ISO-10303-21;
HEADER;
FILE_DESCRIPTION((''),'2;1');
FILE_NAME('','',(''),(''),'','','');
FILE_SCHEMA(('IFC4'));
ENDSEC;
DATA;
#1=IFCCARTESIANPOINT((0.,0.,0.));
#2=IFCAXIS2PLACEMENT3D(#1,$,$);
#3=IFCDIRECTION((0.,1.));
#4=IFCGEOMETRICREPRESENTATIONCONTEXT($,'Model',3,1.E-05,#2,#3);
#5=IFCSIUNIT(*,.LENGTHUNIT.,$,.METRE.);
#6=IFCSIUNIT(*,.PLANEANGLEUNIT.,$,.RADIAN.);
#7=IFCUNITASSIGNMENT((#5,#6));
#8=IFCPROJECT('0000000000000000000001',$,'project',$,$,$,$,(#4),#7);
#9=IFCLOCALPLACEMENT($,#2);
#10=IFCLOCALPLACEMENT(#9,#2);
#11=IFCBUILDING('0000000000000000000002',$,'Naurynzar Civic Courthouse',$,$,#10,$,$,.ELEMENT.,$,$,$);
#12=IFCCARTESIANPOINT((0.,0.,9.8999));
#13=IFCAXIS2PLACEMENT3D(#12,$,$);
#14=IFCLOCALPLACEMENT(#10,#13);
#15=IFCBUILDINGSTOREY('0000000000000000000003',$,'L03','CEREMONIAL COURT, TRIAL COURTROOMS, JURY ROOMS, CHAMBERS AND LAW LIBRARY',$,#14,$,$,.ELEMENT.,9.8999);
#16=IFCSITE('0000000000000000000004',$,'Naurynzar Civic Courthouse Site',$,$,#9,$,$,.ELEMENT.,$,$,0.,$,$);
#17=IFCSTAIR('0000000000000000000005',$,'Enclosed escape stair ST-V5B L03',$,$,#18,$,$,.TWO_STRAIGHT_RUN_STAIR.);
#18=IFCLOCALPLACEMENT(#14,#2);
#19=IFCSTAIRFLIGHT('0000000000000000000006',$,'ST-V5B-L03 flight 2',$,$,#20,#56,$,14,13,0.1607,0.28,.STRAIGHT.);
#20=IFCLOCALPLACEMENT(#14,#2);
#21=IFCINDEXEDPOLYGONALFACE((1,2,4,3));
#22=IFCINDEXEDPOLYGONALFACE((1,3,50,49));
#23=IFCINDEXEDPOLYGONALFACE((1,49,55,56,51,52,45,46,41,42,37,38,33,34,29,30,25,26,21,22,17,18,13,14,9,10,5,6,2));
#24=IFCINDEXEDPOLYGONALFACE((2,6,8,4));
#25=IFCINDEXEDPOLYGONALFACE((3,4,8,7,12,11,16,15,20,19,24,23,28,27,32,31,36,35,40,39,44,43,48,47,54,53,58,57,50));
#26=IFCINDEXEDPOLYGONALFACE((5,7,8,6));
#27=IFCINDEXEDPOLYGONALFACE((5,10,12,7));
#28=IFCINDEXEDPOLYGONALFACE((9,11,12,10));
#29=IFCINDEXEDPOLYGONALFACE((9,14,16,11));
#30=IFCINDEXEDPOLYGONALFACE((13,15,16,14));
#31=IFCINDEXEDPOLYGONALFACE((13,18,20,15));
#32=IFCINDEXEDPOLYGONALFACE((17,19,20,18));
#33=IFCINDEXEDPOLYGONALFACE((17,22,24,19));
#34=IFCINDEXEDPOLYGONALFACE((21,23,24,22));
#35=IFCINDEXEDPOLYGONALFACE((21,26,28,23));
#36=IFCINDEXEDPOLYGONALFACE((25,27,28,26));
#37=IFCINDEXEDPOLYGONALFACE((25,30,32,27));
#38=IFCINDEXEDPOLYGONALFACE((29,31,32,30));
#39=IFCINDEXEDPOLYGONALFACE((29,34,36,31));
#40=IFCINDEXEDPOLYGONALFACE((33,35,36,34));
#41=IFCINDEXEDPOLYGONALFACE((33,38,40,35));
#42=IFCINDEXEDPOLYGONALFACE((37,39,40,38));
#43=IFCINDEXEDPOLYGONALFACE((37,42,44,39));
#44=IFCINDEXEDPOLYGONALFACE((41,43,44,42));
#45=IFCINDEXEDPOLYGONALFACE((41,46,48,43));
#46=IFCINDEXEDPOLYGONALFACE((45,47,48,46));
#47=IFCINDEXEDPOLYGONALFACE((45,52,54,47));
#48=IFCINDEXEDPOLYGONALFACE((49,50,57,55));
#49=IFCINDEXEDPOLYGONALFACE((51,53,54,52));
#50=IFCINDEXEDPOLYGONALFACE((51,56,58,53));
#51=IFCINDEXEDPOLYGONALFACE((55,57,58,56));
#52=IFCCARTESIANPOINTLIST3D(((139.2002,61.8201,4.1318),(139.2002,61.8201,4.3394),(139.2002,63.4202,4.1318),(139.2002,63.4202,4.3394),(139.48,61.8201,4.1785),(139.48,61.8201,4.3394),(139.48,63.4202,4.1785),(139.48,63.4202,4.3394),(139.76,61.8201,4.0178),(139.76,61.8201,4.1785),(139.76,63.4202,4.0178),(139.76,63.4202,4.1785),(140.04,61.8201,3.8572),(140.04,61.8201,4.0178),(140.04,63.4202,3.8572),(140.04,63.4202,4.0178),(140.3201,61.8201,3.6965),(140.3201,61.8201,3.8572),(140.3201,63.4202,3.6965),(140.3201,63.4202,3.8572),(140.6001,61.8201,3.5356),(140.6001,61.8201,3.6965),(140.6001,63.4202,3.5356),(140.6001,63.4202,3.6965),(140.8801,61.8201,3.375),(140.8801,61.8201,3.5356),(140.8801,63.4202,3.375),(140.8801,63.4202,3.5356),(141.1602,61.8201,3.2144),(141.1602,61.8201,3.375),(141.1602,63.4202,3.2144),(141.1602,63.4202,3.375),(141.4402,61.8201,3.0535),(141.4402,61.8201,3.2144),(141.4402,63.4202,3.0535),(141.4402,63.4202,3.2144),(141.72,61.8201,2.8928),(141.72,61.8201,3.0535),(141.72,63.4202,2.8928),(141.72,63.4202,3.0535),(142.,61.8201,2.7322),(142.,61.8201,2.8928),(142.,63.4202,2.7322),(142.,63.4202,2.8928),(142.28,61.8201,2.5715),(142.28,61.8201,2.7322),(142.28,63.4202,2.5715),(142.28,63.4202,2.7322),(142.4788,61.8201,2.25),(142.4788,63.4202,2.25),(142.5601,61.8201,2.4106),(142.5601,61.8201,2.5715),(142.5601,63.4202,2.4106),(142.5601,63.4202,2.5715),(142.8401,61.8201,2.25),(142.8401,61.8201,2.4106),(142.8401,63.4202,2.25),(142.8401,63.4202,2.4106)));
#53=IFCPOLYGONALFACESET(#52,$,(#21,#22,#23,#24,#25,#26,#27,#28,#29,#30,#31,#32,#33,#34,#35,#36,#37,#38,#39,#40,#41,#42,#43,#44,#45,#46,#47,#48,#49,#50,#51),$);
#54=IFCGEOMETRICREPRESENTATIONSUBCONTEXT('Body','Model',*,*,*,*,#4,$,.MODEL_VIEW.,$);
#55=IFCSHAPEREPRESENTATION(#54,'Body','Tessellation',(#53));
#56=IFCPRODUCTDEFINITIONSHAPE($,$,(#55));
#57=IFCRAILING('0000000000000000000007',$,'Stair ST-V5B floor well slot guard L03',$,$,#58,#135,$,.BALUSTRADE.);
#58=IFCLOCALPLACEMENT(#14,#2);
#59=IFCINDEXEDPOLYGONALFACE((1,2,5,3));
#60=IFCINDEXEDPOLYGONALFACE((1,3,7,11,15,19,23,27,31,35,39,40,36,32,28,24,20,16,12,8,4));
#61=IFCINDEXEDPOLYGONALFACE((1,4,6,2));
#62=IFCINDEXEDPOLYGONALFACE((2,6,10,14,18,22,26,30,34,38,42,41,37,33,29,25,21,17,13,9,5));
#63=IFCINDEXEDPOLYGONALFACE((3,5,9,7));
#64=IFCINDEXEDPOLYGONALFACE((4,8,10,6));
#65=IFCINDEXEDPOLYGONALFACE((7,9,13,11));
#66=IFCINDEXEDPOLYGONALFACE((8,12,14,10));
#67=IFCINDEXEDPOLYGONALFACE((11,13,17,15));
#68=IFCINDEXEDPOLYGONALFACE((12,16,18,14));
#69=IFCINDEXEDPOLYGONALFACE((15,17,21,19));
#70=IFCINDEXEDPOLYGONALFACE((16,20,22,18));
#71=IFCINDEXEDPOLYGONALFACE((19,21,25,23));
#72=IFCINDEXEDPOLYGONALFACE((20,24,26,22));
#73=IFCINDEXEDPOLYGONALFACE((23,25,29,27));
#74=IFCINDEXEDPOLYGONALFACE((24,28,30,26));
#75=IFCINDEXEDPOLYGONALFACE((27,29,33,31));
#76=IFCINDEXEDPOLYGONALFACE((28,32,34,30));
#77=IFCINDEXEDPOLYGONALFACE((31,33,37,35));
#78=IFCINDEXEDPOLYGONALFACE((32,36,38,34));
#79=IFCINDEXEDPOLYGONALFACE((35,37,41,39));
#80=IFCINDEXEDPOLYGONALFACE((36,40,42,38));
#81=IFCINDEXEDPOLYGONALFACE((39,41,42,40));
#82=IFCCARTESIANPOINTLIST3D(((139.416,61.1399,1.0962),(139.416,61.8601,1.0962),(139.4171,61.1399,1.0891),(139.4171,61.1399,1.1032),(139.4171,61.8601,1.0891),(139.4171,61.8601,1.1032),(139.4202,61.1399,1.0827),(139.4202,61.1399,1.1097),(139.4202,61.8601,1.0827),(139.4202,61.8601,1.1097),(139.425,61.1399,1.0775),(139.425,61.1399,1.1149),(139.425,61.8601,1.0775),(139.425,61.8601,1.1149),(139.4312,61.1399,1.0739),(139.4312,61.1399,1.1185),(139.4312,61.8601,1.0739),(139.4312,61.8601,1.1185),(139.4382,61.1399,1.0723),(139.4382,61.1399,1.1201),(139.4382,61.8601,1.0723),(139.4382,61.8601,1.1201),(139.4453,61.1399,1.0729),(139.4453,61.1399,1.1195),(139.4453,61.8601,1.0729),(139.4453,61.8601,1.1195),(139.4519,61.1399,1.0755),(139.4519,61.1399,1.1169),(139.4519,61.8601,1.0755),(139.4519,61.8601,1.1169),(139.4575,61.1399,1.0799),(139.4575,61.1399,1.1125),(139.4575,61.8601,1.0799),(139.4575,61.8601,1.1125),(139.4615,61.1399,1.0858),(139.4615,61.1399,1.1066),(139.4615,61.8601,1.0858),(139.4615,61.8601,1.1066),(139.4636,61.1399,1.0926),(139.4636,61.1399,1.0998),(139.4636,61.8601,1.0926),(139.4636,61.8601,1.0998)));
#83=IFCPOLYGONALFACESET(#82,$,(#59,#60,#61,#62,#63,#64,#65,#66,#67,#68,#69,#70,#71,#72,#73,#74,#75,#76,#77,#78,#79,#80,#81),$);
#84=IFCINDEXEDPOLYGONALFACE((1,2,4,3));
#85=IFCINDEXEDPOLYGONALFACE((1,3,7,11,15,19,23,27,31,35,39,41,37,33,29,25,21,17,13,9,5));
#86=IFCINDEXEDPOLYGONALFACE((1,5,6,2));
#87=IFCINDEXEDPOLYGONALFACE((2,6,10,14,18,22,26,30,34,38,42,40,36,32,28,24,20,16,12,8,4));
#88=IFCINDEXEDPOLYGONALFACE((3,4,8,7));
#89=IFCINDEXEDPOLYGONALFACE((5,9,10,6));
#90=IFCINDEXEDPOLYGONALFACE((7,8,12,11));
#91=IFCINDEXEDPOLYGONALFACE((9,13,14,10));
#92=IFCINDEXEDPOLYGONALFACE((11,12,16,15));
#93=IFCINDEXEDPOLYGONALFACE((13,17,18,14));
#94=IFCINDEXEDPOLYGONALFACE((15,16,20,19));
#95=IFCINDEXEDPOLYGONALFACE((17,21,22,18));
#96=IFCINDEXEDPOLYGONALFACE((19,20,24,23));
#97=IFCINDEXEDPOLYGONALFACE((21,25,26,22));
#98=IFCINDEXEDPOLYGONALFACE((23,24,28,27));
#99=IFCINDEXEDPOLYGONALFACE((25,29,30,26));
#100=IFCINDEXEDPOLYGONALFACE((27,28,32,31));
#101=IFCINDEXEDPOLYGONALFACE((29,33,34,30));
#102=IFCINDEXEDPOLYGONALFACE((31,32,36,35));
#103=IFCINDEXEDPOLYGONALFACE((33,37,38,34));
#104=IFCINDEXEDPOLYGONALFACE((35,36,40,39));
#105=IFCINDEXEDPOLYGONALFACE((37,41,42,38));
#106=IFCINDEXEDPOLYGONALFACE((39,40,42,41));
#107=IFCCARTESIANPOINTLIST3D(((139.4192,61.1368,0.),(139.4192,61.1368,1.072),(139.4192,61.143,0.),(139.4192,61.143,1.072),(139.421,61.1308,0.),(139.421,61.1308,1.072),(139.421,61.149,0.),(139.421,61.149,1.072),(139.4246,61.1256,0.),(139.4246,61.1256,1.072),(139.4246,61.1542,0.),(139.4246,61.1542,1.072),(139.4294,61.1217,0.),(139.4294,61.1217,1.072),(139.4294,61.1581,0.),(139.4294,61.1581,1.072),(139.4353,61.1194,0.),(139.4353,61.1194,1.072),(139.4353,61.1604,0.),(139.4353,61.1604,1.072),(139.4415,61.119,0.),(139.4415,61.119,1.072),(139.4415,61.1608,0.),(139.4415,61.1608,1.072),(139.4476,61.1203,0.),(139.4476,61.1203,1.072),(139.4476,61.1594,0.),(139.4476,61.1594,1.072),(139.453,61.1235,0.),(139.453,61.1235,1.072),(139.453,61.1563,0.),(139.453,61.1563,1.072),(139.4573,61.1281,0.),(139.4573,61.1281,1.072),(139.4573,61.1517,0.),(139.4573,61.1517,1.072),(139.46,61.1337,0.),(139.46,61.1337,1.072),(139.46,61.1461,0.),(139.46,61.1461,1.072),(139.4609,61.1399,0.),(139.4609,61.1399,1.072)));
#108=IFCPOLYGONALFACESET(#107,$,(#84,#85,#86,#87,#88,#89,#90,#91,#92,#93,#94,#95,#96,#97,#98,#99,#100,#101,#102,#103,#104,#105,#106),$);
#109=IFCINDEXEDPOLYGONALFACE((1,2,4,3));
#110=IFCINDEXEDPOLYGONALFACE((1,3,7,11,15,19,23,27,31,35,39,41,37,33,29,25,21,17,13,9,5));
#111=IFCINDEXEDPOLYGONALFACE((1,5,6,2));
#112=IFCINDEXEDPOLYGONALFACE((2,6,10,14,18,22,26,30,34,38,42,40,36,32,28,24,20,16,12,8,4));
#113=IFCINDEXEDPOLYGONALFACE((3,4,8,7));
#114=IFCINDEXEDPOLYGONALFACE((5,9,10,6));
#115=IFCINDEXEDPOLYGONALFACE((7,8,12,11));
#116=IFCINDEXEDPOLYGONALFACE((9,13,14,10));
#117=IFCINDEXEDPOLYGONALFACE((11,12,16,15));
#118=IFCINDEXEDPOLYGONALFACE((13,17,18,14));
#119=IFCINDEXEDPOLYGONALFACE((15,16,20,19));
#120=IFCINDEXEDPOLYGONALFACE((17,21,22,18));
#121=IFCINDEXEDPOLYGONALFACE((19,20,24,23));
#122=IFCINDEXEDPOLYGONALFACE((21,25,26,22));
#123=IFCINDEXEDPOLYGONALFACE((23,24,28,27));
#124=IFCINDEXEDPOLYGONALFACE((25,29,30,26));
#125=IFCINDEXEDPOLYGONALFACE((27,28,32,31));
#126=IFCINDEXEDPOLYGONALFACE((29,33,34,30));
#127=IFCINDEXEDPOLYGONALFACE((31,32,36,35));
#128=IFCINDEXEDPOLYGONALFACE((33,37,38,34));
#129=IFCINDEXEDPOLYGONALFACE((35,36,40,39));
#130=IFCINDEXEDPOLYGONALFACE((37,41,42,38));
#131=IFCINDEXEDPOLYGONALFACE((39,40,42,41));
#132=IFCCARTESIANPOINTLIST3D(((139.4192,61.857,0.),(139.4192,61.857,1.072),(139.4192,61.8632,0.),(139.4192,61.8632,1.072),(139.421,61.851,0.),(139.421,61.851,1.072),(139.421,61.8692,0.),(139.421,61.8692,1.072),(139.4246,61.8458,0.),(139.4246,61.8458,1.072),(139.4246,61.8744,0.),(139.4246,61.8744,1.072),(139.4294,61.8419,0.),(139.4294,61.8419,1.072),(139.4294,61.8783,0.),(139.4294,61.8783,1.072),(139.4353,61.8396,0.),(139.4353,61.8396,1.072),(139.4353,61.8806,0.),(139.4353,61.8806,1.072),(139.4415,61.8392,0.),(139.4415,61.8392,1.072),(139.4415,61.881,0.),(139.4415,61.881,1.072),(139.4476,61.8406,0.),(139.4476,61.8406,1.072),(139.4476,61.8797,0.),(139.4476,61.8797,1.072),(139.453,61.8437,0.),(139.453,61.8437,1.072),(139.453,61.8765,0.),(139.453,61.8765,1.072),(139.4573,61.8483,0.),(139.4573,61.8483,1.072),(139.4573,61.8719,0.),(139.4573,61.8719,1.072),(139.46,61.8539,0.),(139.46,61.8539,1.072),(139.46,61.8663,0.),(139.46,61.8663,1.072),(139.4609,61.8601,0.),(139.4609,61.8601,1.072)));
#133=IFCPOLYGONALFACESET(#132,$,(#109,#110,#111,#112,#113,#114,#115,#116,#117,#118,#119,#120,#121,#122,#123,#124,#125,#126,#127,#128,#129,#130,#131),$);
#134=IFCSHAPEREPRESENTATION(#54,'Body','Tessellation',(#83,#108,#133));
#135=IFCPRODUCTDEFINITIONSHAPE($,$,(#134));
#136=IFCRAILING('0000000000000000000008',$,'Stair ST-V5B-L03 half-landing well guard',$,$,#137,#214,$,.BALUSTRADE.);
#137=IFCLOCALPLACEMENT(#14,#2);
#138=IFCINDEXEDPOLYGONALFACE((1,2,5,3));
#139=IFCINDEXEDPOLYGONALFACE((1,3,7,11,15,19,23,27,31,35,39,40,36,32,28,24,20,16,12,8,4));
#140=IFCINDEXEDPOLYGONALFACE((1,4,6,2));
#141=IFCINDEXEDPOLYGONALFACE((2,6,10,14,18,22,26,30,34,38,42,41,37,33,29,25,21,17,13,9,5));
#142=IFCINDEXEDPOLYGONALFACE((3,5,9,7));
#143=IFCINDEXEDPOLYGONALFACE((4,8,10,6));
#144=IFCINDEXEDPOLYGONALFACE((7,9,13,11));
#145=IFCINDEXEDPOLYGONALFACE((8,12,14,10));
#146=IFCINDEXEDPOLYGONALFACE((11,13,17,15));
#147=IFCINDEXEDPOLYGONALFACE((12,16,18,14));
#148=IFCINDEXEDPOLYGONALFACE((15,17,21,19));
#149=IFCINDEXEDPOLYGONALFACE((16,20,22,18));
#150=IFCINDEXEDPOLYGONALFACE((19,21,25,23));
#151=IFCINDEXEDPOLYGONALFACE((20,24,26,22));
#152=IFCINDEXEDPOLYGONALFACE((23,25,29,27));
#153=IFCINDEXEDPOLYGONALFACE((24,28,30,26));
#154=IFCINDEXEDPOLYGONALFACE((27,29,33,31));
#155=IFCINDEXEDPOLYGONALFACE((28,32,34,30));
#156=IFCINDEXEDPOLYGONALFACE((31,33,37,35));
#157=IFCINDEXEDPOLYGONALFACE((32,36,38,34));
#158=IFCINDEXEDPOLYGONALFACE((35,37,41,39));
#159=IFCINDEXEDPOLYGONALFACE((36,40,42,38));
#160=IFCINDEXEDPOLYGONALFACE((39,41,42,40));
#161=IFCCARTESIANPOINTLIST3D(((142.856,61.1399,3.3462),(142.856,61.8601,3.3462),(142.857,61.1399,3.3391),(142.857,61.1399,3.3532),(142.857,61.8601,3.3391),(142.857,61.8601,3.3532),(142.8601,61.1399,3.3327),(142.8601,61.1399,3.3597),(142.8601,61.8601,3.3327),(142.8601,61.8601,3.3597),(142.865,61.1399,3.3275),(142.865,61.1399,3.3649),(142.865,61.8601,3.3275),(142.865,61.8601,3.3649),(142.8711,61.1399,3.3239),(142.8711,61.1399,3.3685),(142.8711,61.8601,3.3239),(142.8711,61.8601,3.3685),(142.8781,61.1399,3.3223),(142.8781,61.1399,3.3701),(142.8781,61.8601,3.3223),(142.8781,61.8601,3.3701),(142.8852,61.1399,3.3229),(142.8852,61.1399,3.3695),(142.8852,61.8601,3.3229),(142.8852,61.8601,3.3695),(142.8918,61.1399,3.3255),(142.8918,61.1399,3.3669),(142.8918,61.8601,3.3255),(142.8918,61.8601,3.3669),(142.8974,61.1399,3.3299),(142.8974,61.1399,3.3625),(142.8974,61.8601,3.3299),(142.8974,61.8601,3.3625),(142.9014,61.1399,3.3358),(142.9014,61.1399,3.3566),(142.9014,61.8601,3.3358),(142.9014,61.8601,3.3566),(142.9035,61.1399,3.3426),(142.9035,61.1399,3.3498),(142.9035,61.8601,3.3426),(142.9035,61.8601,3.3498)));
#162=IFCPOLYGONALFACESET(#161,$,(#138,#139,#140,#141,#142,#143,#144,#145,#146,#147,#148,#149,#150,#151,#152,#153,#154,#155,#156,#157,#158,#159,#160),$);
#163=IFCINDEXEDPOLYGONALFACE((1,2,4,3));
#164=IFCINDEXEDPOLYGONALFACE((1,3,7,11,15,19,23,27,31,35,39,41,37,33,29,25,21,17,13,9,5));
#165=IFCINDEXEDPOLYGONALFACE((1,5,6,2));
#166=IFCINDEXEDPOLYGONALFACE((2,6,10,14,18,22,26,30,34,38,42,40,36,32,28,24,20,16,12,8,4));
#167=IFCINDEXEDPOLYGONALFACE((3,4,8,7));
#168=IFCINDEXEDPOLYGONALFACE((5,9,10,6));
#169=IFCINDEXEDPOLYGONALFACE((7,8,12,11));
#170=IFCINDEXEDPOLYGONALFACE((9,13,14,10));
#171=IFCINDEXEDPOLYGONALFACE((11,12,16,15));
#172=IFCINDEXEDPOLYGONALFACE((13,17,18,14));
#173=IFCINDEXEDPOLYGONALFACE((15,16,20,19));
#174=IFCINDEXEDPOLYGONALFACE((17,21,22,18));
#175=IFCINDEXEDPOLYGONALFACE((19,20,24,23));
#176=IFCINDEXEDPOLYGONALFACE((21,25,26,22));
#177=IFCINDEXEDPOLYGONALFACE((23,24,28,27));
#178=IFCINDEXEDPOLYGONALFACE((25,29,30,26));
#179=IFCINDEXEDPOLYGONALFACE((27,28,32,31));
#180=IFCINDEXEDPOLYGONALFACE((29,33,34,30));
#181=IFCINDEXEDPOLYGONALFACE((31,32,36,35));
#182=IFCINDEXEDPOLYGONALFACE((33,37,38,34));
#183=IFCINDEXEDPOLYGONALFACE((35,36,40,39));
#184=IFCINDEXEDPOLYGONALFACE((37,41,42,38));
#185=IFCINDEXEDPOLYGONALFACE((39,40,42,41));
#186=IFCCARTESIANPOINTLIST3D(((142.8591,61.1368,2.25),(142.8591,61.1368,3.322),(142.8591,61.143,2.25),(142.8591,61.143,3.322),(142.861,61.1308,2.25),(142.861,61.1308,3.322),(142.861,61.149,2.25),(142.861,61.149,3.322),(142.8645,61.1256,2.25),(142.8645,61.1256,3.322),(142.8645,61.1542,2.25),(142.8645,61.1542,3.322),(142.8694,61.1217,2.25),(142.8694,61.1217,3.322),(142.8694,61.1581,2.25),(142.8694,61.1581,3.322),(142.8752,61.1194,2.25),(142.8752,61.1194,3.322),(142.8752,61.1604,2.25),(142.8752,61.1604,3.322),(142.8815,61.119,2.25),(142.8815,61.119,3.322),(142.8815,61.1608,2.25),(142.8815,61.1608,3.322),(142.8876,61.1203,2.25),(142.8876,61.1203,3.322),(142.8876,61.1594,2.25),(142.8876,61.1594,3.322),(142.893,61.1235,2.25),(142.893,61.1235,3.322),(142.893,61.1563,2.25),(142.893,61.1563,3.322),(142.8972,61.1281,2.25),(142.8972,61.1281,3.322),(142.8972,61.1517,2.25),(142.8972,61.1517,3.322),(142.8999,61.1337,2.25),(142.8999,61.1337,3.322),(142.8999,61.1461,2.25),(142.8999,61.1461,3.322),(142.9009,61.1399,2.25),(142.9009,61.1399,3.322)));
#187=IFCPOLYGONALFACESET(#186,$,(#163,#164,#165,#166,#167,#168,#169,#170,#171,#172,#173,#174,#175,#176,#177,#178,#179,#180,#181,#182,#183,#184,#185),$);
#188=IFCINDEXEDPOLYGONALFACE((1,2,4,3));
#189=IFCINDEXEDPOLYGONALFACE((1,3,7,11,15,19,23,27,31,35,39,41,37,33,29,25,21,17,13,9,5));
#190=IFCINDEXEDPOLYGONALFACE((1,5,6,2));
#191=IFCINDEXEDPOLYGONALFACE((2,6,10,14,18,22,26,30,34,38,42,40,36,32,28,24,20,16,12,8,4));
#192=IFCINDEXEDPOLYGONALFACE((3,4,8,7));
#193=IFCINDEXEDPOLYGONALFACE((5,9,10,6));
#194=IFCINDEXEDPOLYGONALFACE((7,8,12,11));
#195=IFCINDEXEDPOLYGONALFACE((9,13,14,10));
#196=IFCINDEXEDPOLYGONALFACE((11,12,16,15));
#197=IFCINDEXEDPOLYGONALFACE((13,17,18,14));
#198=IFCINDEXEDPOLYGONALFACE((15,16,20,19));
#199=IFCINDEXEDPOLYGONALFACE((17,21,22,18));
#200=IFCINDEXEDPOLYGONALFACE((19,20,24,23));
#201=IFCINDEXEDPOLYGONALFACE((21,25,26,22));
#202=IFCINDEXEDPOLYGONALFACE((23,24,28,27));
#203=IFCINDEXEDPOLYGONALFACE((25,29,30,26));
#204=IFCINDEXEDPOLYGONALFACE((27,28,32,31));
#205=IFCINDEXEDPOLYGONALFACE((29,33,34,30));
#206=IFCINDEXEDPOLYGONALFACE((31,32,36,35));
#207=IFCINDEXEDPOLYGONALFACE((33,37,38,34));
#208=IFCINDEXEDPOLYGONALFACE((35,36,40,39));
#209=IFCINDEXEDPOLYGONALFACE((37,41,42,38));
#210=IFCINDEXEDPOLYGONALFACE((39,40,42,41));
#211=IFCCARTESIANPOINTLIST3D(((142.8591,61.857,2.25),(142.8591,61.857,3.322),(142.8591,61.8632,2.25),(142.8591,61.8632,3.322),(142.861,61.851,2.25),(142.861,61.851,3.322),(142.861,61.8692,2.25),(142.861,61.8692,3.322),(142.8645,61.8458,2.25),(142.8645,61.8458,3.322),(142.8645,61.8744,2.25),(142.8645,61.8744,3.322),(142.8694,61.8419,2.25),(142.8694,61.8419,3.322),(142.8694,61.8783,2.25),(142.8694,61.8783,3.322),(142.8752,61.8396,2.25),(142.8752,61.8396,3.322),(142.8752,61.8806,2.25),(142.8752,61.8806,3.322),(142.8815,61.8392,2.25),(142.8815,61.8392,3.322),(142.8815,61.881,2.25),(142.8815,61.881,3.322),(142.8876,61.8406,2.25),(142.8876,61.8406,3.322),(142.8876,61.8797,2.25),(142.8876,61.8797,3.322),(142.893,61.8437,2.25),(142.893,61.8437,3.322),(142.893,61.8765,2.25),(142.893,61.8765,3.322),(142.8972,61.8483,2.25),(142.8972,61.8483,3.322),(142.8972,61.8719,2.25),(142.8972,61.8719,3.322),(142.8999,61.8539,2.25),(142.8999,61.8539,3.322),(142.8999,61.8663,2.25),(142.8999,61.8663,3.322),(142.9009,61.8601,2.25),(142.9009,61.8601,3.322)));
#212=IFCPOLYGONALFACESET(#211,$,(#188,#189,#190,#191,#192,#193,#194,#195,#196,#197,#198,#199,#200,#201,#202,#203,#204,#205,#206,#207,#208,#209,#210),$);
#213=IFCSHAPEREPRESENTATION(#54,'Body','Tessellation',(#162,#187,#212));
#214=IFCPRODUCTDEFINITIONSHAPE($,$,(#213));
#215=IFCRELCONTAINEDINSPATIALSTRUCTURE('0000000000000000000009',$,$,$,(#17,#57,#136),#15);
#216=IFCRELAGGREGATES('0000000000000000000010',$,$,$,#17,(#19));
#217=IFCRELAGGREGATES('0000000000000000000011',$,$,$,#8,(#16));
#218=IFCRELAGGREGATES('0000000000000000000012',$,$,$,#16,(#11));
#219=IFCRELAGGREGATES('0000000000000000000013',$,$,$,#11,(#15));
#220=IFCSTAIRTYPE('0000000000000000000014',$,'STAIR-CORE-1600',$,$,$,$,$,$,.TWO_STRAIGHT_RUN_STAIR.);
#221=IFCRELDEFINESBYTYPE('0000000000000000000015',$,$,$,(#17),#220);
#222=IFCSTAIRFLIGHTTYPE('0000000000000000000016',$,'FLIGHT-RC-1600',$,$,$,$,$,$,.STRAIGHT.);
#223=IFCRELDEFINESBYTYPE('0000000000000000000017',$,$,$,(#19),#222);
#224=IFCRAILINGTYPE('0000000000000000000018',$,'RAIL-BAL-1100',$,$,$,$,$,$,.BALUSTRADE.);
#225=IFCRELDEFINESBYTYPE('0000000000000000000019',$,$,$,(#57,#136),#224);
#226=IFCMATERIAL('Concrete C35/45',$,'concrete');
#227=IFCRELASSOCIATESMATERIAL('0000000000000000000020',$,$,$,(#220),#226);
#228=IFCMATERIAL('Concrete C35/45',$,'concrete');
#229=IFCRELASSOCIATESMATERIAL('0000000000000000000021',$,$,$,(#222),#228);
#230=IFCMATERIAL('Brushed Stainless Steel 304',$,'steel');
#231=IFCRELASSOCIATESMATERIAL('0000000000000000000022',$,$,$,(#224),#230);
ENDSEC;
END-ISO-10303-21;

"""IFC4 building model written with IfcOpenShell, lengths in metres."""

from ifc_helpers import new_model, si_unit, direction, frame, origin, origin_2d, place, context, subcontext, project, spatial, polyline, circle, outline, extrude, material, type_object, element, aggregate, save


model = new_model("IFC4")

# Units and contexts
model_context = context("Model", 3, precision=1e-05, world=origin(), true_north=direction((0.0, 1.0)))
body_context = subcontext(model_context, "Body", "Model", "MODEL_VIEW")
ifc_project = project(units=[si_unit("LENGTHUNIT", "METRE"), si_unit("PLANEANGLEUNIT", "RADIAN")], contexts=[model_context])

# Site, building, storey
site_placement = place(None, origin())
site = spatial("IfcSite", under=ifc_project, at=site_placement, Name="Naurynzar Civic Courthouse Site", CompositionType="ELEMENT", RefElevation=0.0)
building_placement = place(site_placement, origin())
building = spatial("IfcBuilding", under=site, at=building_placement, Name="Naurynzar Civic Courthouse", CompositionType="ELEMENT")
storey_placement = place(building_placement, frame((0.0, 0.0, 9.8999)))
storey = spatial("IfcBuildingStorey", under=building, at=storey_placement, Name="L03", Description="CEREMONIAL COURT, TRIAL COURTROOMS, JURY ROOMS, CHAMBERS AND LAW LIBRARY", CompositionType="ELEMENT", Elevation=9.8999)

# Stair, stair flight
ifc_material_1 = material(Name="Concrete C35/45", Category="concrete")
stair_type = type_object("IfcStairType", Name="STAIR-CORE-1600", PredefinedType="TWO_STRAIGHT_RUN_STAIR", material=ifc_material_1)
stair_placement = place(storey_placement, origin())
stair = element("IfcStair", 1, at=stair_placement, inside=storey, type_object=stair_type, Name="Enclosed escape stair ST-V5B L03", PredefinedType="TWO_STRAIGHT_RUN_STAIR")
ifc_material_2 = material(Name="Concrete C35/45", Category="concrete")
stair_flight_type = type_object("IfcStairFlightType", Name="FLIGHT-RC-1600", PredefinedType="STRAIGHT", material=ifc_material_2)
stair_flight_1_placement = place(storey_placement, frame((142.8401, 62.6201, 2.25), z_axis=(0.0, 0.0, 1.0), x_axis=(-1.0, 0.0, 0.0)))
stair_flight_1 = element("IfcStairFlight", 2, at=stair_flight_1_placement, type_object=stair_flight_type, Name="ST-V5B-L03 flight 2", NumberOfRisers=14, NumberOfTreads=13, PredefinedType="STRAIGHT", RiserHeight=0.1607, TreadLength=0.28, context=body_context, shape_type="SweptSolid", body=[
    extrude(outline(polyline([(0.0, 0.0), (0.0, 0.1606), (0.28, 0.1606), (0.28, 0.3215), (0.5601, 0.3215), (0.5601, 0.4822), (0.8401, 0.4822), (0.8401, 0.6428), (1.1201, 0.6428), (1.1201, 0.8035), (1.3999, 0.8035), (1.3999, 0.9644), (1.6799, 0.9644), (1.6799, 1.125), (1.96, 1.125), (1.96, 1.2856), (2.24, 1.2856), (2.24, 1.4465), (2.52, 1.4465), (2.52, 1.6072), (2.8, 1.6072), (2.8, 1.7678), (3.0801, 1.7678), (3.0801, 1.9285), (3.3601, 1.9285), (3.3601, 2.0894), (3.6399, 2.0894), (3.6399, 2.25), (3.6399, 1.8818), (0.3613, 0.0), (0.0, 0.0)])), frame((0.0, 0.8, 0.0), z_axis=(0.0, -1.0, 0.0), x_axis=(1.0, 0.0, 0.0)), (0.0, 0.0, 1.0), 1.6001),
])
aggregate(stair, [stair_flight_1])

# Railings
ifc_material_3 = material(Name="Brushed Stainless Steel 304", Category="steel")
railing_type_1 = type_object("IfcRailingType", Name="RAIL-BAL-1100", PredefinedType="BALUSTRADE", material=ifc_material_3)
for number, where, name in (
    (3, (139.4399, 61.1399, 0.0), "Stair ST-V5B floor well slot guard L03"),
    (4, (142.8799, 61.1399, 2.25), "Stair ST-V5B-L03 half-landing well guard"),
):
    element("IfcRailing", number, at=place(storey_placement, frame(where)), inside=storey, type_object=railing_type_1, Name=name, PredefinedType="BALUSTRADE", context=body_context, shape_type="SweptSolid", body=[
        extrude(circle(Radius=0.0239, at=origin_2d()), frame((0.0, 0.0, 1.0962), z_axis=(0.0, 1.0, 0.0), x_axis=(-1.0, 0.0, 0.0)), (0.0, 0.0, 1.0), 0.7202),
        extrude(circle(Radius=0.021, at=origin_2d()), origin(), (0.0, 0.0, 1.0), 1.072),
        extrude(circle(Radius=0.021, at=origin_2d()), frame((0.0, 0.7202, 0.0)), (0.0, 0.0, 1.0), 1.072),
    ])

save(model, "model.ifc")
